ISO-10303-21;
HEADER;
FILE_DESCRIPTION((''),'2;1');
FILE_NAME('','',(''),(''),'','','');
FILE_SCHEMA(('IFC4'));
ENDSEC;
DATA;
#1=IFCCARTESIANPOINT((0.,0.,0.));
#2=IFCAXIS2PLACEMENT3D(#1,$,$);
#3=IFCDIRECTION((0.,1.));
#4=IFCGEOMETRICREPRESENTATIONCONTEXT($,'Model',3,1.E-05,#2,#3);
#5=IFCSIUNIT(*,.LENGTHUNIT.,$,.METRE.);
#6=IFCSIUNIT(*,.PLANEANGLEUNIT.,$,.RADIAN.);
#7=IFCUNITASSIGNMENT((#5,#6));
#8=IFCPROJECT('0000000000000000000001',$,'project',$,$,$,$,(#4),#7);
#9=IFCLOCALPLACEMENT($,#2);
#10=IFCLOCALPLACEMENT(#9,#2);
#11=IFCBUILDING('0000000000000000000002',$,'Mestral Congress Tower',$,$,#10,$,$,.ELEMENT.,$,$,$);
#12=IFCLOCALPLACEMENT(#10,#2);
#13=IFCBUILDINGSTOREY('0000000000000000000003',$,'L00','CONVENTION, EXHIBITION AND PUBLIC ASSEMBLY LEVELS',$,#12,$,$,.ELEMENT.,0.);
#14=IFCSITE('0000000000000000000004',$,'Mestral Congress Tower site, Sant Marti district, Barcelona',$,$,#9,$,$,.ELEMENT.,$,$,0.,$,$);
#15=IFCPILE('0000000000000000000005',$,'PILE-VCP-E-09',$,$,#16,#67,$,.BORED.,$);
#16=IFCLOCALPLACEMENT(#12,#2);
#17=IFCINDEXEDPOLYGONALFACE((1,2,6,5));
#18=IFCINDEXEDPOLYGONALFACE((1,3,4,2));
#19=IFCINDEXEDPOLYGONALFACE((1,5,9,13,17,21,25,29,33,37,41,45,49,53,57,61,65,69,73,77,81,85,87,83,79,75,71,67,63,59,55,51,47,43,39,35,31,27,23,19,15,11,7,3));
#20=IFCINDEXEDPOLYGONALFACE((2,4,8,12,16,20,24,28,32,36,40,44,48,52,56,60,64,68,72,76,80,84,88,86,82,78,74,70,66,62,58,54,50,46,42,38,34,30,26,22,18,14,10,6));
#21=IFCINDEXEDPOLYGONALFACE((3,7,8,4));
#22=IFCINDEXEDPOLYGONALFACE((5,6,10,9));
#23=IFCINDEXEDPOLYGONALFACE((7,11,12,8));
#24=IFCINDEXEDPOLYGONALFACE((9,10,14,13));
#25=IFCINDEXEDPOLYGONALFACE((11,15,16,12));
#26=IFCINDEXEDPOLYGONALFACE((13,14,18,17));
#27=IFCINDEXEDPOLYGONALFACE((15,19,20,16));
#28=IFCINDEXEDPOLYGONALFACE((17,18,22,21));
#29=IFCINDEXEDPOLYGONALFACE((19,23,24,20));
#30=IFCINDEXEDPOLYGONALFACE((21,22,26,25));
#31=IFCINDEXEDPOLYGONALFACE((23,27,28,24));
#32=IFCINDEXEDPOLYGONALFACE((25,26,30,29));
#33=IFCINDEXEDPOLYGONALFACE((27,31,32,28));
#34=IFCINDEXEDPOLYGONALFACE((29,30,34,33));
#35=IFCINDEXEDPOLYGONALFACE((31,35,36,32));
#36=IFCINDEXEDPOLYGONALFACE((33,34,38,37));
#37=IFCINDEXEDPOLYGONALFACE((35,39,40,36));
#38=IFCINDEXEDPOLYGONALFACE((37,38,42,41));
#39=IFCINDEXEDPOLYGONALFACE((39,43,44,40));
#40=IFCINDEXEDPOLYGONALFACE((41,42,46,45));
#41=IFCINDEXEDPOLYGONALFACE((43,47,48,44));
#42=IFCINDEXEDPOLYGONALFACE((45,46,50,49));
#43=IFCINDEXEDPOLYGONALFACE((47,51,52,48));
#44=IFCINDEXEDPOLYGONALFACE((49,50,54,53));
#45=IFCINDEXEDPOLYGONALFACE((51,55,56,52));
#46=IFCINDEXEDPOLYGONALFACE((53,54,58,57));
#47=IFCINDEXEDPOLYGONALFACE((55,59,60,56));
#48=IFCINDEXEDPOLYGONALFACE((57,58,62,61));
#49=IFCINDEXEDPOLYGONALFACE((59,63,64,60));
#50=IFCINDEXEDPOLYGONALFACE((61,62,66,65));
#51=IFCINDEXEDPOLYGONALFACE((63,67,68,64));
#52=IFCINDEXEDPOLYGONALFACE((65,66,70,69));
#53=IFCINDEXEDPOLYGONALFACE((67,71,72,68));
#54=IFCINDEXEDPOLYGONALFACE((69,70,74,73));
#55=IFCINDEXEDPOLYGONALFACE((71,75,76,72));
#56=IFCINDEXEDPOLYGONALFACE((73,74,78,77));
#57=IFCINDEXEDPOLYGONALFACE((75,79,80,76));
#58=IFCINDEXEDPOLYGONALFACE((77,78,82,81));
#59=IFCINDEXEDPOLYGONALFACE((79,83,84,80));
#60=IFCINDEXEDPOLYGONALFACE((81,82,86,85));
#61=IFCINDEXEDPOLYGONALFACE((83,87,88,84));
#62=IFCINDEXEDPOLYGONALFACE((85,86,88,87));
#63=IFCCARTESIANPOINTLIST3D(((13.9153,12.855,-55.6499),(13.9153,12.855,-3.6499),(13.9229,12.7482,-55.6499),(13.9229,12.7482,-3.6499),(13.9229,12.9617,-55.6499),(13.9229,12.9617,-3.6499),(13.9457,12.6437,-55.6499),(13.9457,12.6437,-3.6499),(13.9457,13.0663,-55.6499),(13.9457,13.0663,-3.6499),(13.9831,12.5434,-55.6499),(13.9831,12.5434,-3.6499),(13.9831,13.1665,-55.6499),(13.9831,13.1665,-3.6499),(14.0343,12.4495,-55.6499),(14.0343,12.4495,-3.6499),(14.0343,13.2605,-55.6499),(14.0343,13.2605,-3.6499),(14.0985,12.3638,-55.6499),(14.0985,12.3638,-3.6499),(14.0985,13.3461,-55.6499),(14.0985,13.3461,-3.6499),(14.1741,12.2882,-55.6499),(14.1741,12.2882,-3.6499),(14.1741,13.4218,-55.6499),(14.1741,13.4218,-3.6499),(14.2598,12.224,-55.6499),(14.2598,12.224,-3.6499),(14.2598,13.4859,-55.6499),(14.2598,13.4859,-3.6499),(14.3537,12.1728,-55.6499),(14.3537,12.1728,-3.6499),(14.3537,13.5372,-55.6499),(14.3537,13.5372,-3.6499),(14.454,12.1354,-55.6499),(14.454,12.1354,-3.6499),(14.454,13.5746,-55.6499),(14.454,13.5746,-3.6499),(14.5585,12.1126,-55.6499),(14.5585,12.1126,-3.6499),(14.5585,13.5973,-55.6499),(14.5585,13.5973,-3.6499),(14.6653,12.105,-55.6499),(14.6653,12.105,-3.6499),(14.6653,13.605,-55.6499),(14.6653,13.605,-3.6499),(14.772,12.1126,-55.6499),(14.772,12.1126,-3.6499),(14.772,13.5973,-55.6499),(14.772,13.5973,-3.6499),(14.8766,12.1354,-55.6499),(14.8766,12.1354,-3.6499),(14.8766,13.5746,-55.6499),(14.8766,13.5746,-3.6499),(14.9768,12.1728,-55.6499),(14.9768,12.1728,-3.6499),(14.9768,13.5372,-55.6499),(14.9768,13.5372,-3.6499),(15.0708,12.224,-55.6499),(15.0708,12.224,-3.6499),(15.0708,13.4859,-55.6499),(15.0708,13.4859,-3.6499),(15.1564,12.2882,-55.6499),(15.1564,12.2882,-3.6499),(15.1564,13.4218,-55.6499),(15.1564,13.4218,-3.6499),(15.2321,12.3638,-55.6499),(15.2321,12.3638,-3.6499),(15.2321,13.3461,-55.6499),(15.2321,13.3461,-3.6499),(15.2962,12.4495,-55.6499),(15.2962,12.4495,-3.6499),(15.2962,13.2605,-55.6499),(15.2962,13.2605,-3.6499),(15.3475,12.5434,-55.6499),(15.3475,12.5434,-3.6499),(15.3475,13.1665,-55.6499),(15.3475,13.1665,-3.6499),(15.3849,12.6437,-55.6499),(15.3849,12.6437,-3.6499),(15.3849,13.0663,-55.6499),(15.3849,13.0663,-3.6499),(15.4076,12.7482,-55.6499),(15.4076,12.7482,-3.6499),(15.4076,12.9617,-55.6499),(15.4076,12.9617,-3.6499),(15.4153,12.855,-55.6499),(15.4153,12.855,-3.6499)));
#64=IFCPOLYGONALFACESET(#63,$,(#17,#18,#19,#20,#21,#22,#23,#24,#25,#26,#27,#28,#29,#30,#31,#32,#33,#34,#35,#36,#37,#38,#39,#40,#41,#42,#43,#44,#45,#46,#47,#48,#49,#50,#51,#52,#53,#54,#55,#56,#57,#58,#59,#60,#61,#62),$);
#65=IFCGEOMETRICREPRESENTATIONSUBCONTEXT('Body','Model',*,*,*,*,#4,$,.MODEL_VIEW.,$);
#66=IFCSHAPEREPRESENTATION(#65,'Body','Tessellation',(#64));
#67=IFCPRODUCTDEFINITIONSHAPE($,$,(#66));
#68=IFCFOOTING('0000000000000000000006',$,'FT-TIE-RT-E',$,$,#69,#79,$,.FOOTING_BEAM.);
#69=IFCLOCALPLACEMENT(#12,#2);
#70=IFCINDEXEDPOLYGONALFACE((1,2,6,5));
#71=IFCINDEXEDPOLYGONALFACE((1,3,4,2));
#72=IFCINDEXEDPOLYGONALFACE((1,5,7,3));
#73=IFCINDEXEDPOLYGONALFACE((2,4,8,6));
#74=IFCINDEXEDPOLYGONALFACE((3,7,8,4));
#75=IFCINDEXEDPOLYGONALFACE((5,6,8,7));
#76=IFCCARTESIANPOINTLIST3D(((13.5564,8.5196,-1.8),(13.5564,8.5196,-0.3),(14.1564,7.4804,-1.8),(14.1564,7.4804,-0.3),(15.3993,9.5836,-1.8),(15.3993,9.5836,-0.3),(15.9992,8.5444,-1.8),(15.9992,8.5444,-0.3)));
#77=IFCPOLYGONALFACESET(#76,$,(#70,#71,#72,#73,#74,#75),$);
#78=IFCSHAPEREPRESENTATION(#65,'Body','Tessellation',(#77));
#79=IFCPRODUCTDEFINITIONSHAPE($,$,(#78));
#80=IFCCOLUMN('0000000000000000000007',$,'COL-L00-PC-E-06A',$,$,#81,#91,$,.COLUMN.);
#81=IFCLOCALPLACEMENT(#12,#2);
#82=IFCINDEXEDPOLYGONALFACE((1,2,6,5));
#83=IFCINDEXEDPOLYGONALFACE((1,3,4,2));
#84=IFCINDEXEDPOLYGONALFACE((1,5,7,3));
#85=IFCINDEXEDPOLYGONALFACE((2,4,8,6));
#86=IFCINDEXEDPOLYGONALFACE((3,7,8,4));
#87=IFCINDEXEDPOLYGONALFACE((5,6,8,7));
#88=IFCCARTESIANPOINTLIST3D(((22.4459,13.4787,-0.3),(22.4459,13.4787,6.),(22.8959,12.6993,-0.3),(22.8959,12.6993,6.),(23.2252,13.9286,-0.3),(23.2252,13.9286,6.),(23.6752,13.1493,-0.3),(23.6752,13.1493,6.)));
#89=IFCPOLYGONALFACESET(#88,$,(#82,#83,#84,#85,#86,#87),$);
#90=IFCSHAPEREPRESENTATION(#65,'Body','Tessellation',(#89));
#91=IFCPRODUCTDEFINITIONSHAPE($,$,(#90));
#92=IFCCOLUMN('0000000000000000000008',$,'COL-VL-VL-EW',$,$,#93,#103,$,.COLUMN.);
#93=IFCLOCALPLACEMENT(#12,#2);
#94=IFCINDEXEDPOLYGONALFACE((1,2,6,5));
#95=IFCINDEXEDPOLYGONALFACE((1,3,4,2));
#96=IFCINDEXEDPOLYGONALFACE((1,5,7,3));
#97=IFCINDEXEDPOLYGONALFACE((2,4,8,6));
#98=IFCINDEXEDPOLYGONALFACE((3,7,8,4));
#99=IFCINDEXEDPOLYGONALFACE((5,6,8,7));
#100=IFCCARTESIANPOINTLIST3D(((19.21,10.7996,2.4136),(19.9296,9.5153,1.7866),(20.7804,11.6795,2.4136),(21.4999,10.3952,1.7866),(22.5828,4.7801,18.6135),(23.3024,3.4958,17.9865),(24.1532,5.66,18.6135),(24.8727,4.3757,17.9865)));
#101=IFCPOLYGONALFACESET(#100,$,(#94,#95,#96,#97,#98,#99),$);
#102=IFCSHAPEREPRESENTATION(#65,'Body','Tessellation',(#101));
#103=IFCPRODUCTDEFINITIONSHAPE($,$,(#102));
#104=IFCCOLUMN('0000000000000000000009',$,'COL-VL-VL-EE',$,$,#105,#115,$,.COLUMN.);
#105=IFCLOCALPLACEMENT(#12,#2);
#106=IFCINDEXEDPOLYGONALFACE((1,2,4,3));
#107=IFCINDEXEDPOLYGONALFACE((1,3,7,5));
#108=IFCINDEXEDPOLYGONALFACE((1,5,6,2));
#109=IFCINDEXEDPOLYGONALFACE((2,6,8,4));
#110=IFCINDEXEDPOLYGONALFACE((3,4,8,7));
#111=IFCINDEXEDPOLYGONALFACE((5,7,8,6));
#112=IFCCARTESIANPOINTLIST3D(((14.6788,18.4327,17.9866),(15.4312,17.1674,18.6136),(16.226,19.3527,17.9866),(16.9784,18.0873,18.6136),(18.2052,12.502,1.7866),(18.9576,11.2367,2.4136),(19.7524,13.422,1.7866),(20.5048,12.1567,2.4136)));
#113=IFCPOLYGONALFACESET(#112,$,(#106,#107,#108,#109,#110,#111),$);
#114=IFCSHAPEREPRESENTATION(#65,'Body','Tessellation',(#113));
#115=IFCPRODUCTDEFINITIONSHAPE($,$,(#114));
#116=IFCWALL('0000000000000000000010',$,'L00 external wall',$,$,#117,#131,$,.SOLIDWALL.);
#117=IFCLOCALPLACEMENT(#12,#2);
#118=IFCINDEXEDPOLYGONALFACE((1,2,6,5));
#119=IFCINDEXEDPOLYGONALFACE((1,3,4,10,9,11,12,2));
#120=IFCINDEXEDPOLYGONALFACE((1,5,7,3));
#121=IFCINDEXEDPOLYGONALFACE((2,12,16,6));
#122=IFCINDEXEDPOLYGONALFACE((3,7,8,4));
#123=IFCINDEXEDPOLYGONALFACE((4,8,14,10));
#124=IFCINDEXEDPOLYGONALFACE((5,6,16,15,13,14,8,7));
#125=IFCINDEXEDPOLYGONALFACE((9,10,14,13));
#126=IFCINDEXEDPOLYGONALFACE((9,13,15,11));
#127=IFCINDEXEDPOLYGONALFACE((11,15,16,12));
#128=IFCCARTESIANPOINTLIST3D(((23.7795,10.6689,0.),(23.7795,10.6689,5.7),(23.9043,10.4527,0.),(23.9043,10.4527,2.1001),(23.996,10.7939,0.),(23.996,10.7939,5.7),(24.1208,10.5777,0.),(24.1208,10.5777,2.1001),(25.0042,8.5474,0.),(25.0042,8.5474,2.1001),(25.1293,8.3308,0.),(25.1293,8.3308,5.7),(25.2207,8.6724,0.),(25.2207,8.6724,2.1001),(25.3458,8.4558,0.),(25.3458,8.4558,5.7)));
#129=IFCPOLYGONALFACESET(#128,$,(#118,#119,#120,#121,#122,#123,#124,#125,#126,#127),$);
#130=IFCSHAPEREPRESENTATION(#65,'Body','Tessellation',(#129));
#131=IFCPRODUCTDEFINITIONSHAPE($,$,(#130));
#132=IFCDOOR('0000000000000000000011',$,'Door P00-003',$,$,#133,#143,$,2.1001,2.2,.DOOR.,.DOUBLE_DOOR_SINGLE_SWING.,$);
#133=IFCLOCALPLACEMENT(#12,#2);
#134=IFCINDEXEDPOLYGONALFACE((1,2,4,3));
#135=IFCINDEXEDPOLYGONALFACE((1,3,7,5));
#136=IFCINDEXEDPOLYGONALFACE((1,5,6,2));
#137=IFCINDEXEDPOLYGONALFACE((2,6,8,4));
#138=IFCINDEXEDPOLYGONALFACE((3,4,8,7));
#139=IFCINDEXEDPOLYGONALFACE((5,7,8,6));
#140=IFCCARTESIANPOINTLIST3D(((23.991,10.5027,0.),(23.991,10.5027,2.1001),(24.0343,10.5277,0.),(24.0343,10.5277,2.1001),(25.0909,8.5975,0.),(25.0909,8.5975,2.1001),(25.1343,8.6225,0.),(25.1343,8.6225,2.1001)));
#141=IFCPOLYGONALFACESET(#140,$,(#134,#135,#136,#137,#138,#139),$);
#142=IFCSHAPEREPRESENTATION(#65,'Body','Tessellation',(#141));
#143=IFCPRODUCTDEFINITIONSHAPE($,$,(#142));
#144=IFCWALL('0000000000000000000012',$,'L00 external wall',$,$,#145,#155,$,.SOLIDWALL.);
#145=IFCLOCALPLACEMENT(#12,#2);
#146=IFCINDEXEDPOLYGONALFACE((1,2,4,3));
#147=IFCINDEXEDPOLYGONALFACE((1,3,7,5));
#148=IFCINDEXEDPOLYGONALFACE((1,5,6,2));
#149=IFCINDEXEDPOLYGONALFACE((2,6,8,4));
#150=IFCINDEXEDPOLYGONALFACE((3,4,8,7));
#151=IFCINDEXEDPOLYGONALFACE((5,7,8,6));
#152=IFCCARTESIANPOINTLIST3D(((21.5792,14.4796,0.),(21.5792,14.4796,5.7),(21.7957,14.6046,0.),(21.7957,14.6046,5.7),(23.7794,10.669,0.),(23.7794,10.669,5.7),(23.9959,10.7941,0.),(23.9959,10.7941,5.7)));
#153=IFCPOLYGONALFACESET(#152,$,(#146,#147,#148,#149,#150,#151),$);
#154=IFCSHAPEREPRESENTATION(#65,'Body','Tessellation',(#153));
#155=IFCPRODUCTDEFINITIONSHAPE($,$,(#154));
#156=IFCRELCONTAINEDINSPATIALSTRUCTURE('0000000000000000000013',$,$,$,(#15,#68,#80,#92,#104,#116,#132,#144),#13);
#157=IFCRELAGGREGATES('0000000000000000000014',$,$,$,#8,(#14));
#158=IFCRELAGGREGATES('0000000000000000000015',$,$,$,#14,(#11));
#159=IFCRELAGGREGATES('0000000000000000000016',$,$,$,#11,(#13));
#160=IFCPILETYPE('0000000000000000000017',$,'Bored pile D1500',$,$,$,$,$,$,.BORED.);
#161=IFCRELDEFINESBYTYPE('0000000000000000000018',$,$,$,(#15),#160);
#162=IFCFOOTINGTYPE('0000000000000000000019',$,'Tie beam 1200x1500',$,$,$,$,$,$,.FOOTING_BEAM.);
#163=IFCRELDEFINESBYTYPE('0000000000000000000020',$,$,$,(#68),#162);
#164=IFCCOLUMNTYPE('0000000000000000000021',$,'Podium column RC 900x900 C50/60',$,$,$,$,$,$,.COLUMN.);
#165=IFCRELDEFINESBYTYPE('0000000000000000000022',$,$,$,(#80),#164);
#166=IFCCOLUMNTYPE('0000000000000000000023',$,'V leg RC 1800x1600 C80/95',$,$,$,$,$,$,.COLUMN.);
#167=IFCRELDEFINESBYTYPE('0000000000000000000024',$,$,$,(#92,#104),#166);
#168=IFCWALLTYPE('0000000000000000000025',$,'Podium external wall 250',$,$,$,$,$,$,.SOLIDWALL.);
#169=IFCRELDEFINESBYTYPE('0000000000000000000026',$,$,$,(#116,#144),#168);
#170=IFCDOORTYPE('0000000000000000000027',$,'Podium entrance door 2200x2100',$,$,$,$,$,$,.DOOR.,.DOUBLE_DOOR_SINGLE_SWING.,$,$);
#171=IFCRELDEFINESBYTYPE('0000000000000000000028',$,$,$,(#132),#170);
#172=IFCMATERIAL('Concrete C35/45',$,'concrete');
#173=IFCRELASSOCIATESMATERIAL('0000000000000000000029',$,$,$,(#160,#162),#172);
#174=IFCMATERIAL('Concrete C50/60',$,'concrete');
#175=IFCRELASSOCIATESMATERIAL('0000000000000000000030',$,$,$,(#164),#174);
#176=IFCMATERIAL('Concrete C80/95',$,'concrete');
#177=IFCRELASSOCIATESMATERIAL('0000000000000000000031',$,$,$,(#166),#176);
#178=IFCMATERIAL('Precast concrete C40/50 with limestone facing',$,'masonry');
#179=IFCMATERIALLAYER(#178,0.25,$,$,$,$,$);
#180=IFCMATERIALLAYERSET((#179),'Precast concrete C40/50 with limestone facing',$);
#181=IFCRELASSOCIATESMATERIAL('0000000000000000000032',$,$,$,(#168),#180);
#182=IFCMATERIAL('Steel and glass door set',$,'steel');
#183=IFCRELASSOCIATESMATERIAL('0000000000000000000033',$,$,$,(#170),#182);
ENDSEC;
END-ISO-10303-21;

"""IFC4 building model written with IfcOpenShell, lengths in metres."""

from ifc_helpers import new_model, si_unit, direction, frame, frame_2d, origin, origin_2d, place, context, subcontext, project, spatial, rectangle, circle, extrude, material, layer, layer_set, material_profile, profile_set, type_object, element, fill, save


model = new_model("IFC4")

# Units and contexts
model_context = context("Model", 3, precision=1e-05, world=origin(), true_north=direction((0.0, 1.0)))
body_context = subcontext(model_context, "Body", "Model", "MODEL_VIEW")
ifc_project = project(units=[si_unit("LENGTHUNIT", "METRE"), si_unit("PLANEANGLEUNIT", "RADIAN")], contexts=[model_context])

# Site, building, storey
site_placement = place(None, origin())
site = spatial("IfcSite", under=ifc_project, at=site_placement, Name="Mestral Congress Tower site, Sant Marti district, Barcelona", CompositionType="ELEMENT", RefElevation=0.0)
building_placement = place(site_placement, origin())
building = spatial("IfcBuilding", under=site, at=building_placement, Name="Mestral Congress Tower", CompositionType="ELEMENT")
storey_placement = place(building_placement, origin())
storey = spatial("IfcBuildingStorey", under=building, at=storey_placement, Name="L00", Description="CONVENTION, EXHIBITION AND PUBLIC ASSEMBLY LEVELS", CompositionType="ELEMENT", Elevation=0.0)

# Pile
ifc_material_1 = material(Name="Concrete C35/45", Category="concrete")
ifc_material_profile_1 = material_profile(ifc_material_1, circle(Radius=0.75, at=origin_2d()), Name="D1500")
ifc_profile_set_1 = profile_set([ifc_material_profile_1], Name="Concrete C35/45")
pile_type_1 = type_object("IfcPileType", Name="Bored pile D1500", PredefinedType="BORED", material=ifc_profile_set_1)
for number, where, z_axis, x_axis, name in (
    (1, (14.6653, 12.855, -3.6499), (0.0, 0.0, -1.0), (1.0, 0.0, 0.0), "PILE-VCP-E-09"),
):
    element("IfcPile", number, at=place(storey_placement, frame(where, z_axis=z_axis, x_axis=x_axis)), inside=storey, type_object=pile_type_1, Name=name, PredefinedType="BORED", context=body_context, shape_type="SweptSolid", body=[
        extrude(circle(Radius=0.75, at=origin_2d()), origin(), (0.0, 0.0, 1.0), 52.0),
    ])

# Footing
footing_type = type_object("IfcFootingType", Name="Tie beam 1200x1500", PredefinedType="FOOTING_BEAM", material=ifc_material_1)
footing_placement = place(storey_placement, frame((14.7778, 8.532, -1.8), z_axis=(0.0, 0.0, 1.0), x_axis=(-0.866025, -0.5, 0.0)))
element("IfcFooting", 2, at=footing_placement, inside=storey, type_object=footing_type, Name="FT-TIE-RT-E", PredefinedType="FOOTING_BEAM", context=body_context, shape_type="SweptSolid", body=[
    extrude(rectangle(XDim=2.1279, YDim=1.2, at=origin_2d()), origin(), (0.0, 0.0, 1.0), 1.5),
])

# Columns
ifc_material_2 = material(Name="Concrete C50/60", Category="concrete")
ifc_material_profile_2 = material_profile(ifc_material_2, rectangle(XDim=0.8999, YDim=0.8999, at=origin_2d()), Name="RC 900x900")
ifc_profile_set_2 = profile_set([ifc_material_profile_2], Name="Concrete C50/60")
column_type_1 = type_object("IfcColumnType", Name="Podium column RC 900x900 C50/60", PredefinedType="COLUMN", material=ifc_profile_set_2)
column_placement = place(storey_placement, frame((23.0605, 13.314, -0.3), z_axis=(0.0, 0.0, 1.0), x_axis=(-0.5, 0.866025, 0.0)))
element("IfcColumn", 3, at=column_placement, inside=storey, type_object=column_type_1, Name="COL-L00-PC-E-06A", PredefinedType="COLUMN", context=body_context, shape_type="SweptSolid", body=[
    extrude(rectangle(XDim=0.8999, YDim=0.8999, at=origin_2d()), origin(), (0.0, 0.0, 1.0), 6.3),
])
ifc_material_3 = material(Name="Concrete C80/95", Category="concrete")
ifc_material_profile_3 = material_profile(ifc_material_3, rectangle(XDim=1.8, YDim=1.6001, at=origin_2d()), Name="RC 1800x1600")
ifc_profile_set_3 = profile_set([ifc_material_profile_3], Name="Concrete C80/95")
column_type_2 = type_object("IfcColumnType", Name="V leg RC 1800x1600 C80/95", PredefinedType="COLUMN", material=ifc_profile_set_3)
for number, where, z_axis, x_axis, name in (
    (4, (20.355, 10.5974, 2.1001), (0.191547, -0.341859, 0.920023), (0.872391, 0.488809, 0.0), "COL-VL-VL-EW"),
    (5, (19.355, 12.3293, 2.1001), (-0.200269, 0.336814, 0.920026), (-0.859534, -0.511078, 0.0), "COL-VL-VL-EE"),
):
    element("IfcColumn", number, at=place(storey_placement, frame(where, z_axis=z_axis, x_axis=x_axis)), inside=storey, type_object=column_type_2, Name=name, PredefinedType="COLUMN", context=body_context, shape_type="SweptSolid", body=[
        extrude(rectangle(XDim=1.8, YDim=1.6001, at=origin_2d()), origin(), (0.0, 0.0, 1.0), 17.6082),
    ])

# Wall, opening, door
ifc_material_4 = material(Name="Precast concrete C40/50 with limestone facing", Category="masonry")
ifc_layer_1 = layer(ifc_material_4, 0.25)
ifc_layer_set_1 = layer_set([ifc_layer_1], Name="Precast concrete C40/50 with limestone facing")
wall_type_1 = type_object("IfcWallType", Name="Podium external wall 250", PredefinedType="SOLIDWALL", material=ifc_layer_set_1)
wall_1_placement = place(storey_placement, frame((25.2375, 8.3933, 0.0), z_axis=(0.0, 0.0, 1.0), x_axis=(-0.499981, 0.866037, 0.0)))
wall_1 = element("IfcWall", 6, at=wall_1_placement, inside=storey, type_object=wall_type_1, Name="L00 external wall", PredefinedType="SOLIDWALL", context=body_context, shape_type="SweptSolid", body=[
    extrude(rectangle(XDim=2.6997, YDim=0.25, at=frame_2d((1.3499, 0.0))), origin(), (0.0, 0.0, 1.0), 5.7),
])
opening_1_placement = place(wall_1_placement, frame((0.25, 0.0, 0.0)))
opening_1 = element("IfcOpeningElement", 7, at=opening_1_placement, cuts=wall_1, PredefinedType="OPENING", context=body_context, shape_type="SweptSolid", body=[
    extrude(rectangle(XDim=2.2, YDim=2.1001, at=frame_2d((1.1001, 1.05))), frame((0.0, 0.135, 0.0), z_axis=(0.0, -1.0, 0.0), x_axis=(1.0, 0.0, 0.0)), (0.0, 0.0, 1.0), 0.27),
])
ifc_material_5 = material(Name="Steel and glass door set", Category="steel")
door_type = type_object("IfcDoorType", Name="Podium entrance door 2200x2100", OperationType="DOUBLE_DOOR_SINGLE_SWING", PredefinedType="DOOR", material=ifc_material_5)
door_placement = place(opening_1_placement, origin())
door = element("IfcDoor", 8, at=door_placement, inside=storey, type_object=door_type, Name="Door P00-003", OperationType="DOUBLE_DOOR_SINGLE_SWING", OverallHeight=2.1001, OverallWidth=2.2, PredefinedType="DOOR", context=body_context, shape_type="SweptSolid", body=[
    extrude(rectangle(XDim=2.2, YDim=2.1001, at=frame_2d((1.1001, 1.05))), frame((0.0, 0.0249, 0.0), z_axis=(0.0, -1.0, 0.0), x_axis=(1.0, 0.0, 0.0)), (0.0, 0.0, 1.0), 0.05),
])
fill(opening_1, door)

# Wall
wall_2_placement = place(storey_placement, frame((23.8877, 10.7314, 0.0), z_axis=(0.0, 0.0, 1.0), x_axis=(-0.50003, 0.866008, 0.0)))
element("IfcWall", 9, at=wall_2_placement, inside=storey, type_object=wall_type_1, Name="L00 external wall", PredefinedType="SOLIDWALL", context=body_context, shape_type="SweptSolid", body=[
    extrude(rectangle(XDim=4.4001, YDim=0.25, at=frame_2d((2.2002, 0.0))), origin(), (0.0, 0.0, 1.0), 5.7),
])

save(model, "model.ifc")
